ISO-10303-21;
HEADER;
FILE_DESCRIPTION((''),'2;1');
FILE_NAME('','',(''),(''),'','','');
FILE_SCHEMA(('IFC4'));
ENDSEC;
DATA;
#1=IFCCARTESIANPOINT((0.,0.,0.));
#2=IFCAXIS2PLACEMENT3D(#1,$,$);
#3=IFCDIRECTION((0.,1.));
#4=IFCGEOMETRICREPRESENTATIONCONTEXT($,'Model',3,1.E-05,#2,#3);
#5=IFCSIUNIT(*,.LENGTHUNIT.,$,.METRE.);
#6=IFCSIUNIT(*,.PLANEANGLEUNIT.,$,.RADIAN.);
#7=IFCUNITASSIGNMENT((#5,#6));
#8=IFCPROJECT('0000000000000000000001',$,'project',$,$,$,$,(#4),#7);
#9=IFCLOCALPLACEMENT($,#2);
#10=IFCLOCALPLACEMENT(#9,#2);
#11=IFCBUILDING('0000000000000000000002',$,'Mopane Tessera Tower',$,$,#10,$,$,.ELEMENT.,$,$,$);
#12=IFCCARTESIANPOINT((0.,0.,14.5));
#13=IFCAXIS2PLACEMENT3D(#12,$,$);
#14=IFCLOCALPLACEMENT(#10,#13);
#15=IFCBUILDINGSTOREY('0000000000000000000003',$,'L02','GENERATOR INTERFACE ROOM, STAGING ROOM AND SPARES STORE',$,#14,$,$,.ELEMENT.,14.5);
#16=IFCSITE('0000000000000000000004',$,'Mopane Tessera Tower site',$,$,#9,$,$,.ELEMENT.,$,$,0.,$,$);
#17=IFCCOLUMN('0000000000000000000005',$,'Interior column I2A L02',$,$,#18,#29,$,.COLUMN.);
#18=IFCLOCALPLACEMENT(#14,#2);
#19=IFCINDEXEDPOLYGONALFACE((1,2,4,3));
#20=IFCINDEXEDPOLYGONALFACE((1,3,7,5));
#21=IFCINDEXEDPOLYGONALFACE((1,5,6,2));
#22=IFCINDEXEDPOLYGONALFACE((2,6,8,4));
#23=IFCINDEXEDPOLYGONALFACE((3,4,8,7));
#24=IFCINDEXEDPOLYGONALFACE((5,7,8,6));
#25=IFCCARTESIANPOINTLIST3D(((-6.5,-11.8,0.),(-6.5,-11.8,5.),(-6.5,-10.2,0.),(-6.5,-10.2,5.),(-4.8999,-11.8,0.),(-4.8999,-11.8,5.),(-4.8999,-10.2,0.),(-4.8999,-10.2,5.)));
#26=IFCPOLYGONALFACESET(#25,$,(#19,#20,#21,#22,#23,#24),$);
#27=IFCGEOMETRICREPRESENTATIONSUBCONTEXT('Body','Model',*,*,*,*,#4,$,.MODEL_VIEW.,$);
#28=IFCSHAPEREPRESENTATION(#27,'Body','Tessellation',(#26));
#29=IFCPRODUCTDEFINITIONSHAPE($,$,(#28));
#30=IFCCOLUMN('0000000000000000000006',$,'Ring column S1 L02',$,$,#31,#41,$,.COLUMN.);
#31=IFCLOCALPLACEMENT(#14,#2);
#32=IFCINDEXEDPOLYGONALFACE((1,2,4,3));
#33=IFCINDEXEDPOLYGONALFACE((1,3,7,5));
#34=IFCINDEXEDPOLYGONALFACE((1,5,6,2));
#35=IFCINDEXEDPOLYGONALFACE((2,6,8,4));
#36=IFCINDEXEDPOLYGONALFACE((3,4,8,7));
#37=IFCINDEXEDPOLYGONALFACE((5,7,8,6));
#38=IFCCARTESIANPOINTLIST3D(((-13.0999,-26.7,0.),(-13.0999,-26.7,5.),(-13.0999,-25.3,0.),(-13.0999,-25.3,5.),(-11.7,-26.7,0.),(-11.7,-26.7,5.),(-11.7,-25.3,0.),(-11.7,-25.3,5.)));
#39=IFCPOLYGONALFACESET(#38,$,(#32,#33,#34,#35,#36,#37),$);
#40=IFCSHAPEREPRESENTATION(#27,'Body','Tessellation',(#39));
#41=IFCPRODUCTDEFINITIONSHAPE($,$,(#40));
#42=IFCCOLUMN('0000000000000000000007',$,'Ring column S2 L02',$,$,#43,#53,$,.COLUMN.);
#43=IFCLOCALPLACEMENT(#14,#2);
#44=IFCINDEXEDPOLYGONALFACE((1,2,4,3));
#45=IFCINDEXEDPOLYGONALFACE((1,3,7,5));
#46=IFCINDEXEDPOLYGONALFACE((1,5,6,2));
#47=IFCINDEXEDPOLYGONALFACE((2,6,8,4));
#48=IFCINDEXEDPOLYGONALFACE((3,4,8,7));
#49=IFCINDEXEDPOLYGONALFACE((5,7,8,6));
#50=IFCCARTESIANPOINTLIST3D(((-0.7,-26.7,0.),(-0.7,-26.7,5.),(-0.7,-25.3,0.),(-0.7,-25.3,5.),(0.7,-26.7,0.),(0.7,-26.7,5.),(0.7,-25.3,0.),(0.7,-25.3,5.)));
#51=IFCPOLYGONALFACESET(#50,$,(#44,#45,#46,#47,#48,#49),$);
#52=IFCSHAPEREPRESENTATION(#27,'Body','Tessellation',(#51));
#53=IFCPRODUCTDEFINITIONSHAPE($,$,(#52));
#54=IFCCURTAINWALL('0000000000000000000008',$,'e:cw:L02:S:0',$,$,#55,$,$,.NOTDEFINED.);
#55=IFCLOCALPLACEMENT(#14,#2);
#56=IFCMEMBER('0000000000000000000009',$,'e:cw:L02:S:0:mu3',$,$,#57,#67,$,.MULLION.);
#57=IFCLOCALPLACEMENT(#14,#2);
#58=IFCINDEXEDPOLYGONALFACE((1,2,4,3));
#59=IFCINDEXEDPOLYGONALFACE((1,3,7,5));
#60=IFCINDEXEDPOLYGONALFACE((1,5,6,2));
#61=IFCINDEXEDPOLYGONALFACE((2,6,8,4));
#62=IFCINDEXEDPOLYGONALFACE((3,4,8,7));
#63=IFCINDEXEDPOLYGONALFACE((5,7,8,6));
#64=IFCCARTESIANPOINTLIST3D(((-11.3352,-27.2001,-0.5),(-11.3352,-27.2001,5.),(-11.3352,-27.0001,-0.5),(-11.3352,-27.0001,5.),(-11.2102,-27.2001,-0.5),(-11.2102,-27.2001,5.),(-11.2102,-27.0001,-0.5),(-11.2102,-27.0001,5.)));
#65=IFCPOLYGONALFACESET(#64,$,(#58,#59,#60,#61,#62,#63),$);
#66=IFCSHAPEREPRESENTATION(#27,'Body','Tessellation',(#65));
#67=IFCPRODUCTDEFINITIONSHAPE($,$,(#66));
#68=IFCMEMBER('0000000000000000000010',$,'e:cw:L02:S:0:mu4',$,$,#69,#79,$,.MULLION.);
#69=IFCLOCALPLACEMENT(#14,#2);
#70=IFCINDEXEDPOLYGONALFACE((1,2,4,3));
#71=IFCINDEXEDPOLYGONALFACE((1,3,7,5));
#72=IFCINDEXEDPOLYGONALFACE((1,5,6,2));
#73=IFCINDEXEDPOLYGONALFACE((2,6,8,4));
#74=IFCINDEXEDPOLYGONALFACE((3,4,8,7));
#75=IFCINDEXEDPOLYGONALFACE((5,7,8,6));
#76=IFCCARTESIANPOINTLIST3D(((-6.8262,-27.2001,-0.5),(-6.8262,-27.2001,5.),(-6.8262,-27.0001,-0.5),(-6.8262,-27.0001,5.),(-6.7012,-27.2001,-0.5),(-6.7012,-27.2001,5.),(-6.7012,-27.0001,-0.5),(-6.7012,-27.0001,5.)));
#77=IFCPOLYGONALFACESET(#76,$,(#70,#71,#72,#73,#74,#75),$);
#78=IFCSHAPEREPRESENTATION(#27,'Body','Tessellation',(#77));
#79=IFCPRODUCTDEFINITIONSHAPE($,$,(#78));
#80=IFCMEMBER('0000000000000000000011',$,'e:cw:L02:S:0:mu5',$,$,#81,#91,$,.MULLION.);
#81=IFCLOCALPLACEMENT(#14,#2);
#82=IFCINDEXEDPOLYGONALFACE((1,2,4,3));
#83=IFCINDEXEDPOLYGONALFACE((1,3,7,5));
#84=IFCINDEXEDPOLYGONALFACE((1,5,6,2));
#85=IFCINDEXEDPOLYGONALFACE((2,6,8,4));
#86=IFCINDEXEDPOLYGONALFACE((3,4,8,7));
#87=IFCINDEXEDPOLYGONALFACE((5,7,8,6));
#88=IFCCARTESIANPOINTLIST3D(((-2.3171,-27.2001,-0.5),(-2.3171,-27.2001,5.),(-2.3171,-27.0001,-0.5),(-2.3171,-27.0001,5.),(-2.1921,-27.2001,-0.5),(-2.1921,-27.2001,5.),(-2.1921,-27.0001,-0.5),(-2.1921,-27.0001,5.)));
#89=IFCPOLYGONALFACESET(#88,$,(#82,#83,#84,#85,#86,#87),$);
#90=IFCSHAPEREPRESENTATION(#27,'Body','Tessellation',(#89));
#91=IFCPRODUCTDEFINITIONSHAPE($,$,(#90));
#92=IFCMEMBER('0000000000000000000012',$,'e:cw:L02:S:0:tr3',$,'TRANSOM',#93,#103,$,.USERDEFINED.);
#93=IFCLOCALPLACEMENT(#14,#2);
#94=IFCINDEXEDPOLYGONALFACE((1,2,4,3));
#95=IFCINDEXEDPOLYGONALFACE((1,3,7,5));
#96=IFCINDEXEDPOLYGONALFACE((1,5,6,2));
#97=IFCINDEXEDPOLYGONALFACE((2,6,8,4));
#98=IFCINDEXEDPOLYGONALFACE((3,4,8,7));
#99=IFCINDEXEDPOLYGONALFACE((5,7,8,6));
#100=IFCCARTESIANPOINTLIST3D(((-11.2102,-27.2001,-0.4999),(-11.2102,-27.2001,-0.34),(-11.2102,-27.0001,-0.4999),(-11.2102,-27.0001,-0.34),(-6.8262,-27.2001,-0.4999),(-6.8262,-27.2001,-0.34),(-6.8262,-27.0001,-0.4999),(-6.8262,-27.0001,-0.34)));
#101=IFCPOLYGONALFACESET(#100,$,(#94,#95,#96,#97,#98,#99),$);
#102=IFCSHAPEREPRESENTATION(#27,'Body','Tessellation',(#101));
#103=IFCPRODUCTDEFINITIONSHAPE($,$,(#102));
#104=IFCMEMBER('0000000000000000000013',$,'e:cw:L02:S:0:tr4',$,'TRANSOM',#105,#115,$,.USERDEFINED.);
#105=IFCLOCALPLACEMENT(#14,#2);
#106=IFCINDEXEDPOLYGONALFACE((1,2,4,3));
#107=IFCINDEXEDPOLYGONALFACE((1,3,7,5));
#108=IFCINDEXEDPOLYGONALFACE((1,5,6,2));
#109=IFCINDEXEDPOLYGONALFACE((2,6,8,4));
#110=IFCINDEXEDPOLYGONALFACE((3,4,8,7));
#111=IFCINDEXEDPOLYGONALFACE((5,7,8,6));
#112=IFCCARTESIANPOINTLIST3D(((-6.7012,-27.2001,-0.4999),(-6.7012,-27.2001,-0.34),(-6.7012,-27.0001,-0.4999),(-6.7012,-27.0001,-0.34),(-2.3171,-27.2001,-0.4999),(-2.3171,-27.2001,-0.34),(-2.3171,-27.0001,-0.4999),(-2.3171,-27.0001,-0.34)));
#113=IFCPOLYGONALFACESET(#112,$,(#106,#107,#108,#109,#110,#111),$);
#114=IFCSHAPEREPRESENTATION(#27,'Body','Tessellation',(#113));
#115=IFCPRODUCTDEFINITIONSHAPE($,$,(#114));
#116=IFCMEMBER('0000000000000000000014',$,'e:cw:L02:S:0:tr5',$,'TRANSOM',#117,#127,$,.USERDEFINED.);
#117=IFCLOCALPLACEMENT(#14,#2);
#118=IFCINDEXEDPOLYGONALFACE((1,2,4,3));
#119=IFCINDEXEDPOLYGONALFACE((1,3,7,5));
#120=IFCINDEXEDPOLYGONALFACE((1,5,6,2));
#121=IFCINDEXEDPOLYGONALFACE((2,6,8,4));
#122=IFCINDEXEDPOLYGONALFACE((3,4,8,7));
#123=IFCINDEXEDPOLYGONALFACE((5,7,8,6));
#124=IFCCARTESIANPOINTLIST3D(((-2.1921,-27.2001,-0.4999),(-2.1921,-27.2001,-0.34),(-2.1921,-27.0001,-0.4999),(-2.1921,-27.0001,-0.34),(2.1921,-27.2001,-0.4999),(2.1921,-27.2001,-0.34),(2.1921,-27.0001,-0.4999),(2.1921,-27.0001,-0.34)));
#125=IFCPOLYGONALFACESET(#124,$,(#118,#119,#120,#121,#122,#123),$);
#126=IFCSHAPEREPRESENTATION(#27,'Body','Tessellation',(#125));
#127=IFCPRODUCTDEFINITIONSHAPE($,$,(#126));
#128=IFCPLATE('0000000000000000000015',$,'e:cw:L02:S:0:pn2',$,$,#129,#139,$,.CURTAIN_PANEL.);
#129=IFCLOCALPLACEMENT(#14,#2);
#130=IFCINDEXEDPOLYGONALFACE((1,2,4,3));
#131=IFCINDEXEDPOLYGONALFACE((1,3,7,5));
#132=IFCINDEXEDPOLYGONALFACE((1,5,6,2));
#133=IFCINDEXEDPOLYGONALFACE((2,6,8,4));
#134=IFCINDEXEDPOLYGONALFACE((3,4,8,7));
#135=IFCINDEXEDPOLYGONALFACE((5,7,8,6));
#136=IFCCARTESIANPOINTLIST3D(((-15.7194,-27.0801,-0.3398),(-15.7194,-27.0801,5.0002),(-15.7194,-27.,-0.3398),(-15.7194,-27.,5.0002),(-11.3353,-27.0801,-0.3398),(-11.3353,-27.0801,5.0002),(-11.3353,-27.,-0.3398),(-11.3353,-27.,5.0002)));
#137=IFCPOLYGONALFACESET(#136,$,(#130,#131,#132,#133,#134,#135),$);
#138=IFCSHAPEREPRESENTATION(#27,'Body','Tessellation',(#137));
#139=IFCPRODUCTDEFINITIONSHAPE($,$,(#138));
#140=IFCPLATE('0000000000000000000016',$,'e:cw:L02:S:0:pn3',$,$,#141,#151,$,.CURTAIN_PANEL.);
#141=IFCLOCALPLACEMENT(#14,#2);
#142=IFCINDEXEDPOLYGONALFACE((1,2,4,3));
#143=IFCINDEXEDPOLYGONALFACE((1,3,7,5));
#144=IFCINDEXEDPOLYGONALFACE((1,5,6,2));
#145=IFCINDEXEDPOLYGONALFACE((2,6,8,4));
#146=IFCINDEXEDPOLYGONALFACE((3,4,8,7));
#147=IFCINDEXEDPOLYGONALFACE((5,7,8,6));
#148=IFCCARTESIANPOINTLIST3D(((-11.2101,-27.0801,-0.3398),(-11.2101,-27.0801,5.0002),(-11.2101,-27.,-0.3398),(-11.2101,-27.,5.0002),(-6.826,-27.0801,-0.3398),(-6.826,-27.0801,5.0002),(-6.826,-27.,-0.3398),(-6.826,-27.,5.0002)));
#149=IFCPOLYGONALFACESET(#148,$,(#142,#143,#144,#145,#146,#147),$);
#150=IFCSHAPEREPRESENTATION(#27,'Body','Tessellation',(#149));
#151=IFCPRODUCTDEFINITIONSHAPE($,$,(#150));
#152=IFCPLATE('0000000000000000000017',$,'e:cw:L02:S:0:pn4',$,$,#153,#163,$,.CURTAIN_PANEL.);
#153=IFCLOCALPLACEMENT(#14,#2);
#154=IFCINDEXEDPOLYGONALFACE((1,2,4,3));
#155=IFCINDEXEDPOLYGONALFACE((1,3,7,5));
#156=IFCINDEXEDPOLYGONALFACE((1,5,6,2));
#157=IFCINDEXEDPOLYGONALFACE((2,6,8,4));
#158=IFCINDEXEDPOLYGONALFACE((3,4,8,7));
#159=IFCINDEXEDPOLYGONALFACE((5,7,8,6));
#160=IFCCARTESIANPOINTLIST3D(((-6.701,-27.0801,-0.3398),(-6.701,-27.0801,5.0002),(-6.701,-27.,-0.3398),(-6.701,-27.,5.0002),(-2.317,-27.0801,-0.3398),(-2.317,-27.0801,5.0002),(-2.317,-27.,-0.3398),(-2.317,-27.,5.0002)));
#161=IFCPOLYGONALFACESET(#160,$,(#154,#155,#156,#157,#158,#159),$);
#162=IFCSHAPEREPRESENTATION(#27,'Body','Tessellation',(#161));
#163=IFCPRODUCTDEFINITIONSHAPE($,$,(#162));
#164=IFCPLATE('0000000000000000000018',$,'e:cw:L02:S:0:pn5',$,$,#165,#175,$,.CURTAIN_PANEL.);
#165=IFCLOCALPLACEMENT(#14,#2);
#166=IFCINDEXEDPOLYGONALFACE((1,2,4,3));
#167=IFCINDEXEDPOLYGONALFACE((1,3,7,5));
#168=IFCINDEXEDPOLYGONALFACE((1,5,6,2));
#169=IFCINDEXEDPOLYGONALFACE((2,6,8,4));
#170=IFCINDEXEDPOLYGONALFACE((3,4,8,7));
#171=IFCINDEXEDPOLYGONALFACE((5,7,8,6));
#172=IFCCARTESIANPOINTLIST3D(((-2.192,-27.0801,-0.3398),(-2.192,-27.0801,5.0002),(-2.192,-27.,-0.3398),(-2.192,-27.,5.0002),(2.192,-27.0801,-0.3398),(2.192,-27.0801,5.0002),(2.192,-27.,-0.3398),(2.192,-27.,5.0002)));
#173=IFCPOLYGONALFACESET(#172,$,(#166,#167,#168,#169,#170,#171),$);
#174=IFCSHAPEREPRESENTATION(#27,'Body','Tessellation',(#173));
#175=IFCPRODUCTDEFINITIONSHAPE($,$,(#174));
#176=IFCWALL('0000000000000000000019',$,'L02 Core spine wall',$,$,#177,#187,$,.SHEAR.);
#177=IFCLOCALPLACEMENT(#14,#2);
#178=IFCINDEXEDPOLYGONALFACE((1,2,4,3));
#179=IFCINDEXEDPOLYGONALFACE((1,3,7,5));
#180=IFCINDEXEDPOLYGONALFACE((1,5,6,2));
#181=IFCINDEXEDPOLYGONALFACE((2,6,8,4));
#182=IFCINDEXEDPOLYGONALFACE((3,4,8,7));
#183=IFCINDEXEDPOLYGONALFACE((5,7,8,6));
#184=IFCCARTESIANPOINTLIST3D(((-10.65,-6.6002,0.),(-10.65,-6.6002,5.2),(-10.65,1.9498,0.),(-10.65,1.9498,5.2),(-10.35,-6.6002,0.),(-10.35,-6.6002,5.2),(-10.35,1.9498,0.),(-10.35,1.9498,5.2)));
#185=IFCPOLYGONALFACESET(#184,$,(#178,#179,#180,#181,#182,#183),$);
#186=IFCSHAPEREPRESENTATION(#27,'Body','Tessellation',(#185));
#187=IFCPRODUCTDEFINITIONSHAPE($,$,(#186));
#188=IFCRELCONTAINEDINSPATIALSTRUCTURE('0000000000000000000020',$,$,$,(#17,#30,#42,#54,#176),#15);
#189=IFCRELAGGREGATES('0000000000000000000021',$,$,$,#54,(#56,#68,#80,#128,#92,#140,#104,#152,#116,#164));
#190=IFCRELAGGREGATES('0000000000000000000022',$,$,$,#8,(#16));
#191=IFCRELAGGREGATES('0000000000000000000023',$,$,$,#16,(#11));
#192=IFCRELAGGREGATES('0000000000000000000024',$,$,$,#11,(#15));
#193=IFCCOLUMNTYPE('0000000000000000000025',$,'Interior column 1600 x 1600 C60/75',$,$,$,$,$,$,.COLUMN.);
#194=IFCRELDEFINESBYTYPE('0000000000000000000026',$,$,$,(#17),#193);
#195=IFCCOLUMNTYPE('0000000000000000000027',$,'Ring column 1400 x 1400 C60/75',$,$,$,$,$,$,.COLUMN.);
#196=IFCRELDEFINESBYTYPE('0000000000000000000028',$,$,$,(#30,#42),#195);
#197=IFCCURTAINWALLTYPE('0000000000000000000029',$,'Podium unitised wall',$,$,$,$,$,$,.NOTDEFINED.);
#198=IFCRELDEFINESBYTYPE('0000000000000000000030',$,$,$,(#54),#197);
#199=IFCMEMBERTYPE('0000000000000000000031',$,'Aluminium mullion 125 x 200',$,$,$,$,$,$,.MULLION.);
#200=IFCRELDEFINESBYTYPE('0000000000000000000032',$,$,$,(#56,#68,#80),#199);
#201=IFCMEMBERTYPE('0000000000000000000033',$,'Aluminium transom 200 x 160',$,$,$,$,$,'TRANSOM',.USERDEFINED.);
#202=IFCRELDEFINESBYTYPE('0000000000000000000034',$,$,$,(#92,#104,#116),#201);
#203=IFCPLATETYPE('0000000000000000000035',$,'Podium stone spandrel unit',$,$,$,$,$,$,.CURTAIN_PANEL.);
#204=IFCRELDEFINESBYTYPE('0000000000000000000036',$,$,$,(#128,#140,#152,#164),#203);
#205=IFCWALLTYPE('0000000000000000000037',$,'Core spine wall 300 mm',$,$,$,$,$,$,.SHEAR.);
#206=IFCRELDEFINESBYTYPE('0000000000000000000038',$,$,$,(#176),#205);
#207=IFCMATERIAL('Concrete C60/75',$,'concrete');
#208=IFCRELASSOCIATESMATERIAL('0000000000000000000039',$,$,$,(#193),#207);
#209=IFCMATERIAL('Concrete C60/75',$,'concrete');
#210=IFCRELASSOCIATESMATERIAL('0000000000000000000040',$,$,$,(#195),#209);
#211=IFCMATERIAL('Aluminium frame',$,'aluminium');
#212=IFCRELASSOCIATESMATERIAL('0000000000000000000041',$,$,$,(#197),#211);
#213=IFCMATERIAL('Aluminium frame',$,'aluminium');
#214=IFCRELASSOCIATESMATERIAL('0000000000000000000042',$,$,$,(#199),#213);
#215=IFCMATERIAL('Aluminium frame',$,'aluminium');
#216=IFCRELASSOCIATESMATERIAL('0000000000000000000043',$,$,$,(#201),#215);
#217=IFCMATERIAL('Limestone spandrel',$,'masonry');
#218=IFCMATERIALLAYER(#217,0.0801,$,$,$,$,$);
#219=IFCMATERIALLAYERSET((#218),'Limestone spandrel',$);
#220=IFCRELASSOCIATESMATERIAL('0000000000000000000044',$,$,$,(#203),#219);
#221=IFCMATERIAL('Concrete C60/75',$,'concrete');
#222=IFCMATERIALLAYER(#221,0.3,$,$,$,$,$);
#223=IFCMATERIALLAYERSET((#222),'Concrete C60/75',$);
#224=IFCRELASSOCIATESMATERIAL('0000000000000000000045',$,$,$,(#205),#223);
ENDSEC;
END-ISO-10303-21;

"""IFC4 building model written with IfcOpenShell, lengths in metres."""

from ifc_helpers import new_model, si_unit, direction, frame, frame_2d, origin, origin_2d, place, context, subcontext, project, spatial, rectangle, extrude, material, layer, layer_set, material_profile, profile_set, type_object, element, aggregate, save


model = new_model("IFC4")

# Units and contexts
model_context = context("Model", 3, precision=1e-05, world=origin(), true_north=direction((0.0, 1.0)))
body_context = subcontext(model_context, "Body", "Model", "MODEL_VIEW")
ifc_project = project(units=[si_unit("LENGTHUNIT", "METRE"), si_unit("PLANEANGLEUNIT", "RADIAN")], contexts=[model_context])

# Site, building, storey
site_placement = place(None, origin())
site = spatial("IfcSite", under=ifc_project, at=site_placement, Name="Mopane Tessera Tower site", CompositionType="ELEMENT", RefElevation=0.0)
building_placement = place(site_placement, origin())
building = spatial("IfcBuilding", under=site, at=building_placement, Name="Mopane Tessera Tower", CompositionType="ELEMENT")
storey_placement = place(building_placement, frame((0.0, 0.0, 14.5)))
storey = spatial("IfcBuildingStorey", under=building, at=storey_placement, Name="L02", Description="GENERATOR INTERFACE ROOM, STAGING ROOM AND SPARES STORE", CompositionType="ELEMENT", Elevation=14.5)

# Columns
ifc_material_1 = material(Name="Concrete C60/75", Category="concrete")
ifc_material_profile_1 = material_profile(ifc_material_1, rectangle(XDim=1.6001, YDim=1.6001, at=origin_2d()))
ifc_profile_set_1 = profile_set([ifc_material_profile_1], Name="Concrete C60/75")
column_type_1 = type_object("IfcColumnType", Name="Interior column 1600 x 1600 C60/75", PredefinedType="COLUMN", material=ifc_profile_set_1)
column_placement = place(storey_placement, frame((-5.7, -11.0, 0.0), z_axis=(0.0, 0.0, 1.0), x_axis=(1.0, 0.0, 0.0)))
element("IfcColumn", 1, at=column_placement, inside=storey, type_object=column_type_1, Name="Interior column I2A L02", PredefinedType="COLUMN", context=body_context, shape_type="SweptSolid", body=[
    extrude(rectangle(XDim=1.6001, YDim=1.6001, at=origin_2d()), origin(), (0.0, 0.0, 1.0), 5.0),
])
ifc_material_2 = material(Name="Concrete C60/75", Category="concrete")
ifc_material_profile_2 = material_profile(ifc_material_2, rectangle(XDim=1.3999, YDim=1.3999, at=origin_2d()))
ifc_profile_set_2 = profile_set([ifc_material_profile_2], Name="Concrete C60/75")
column_type_2 = type_object("IfcColumnType", Name="Ring column 1400 x 1400 C60/75", PredefinedType="COLUMN", material=ifc_profile_set_2)
for number, where, z_axis, x_axis, name in (
    (2, (-12.3999, -26.0, 0.0), (0.0, 0.0, 1.0), (1.0, 0.0, 0.0), "Ring column S1 L02"),
    (3, (0.0, -26.0, 0.0), (0.0, 0.0, 1.0), (1.0, 0.0, 0.0), "Ring column S2 L02"),
):
    element("IfcColumn", number, at=place(storey_placement, frame(where, z_axis=z_axis, x_axis=x_axis)), inside=storey, type_object=column_type_2, Name=name, PredefinedType="COLUMN", context=body_context, shape_type="SweptSolid", body=[
        extrude(rectangle(XDim=1.3999, YDim=1.3999, at=origin_2d()), origin(), (0.0, 0.0, 1.0), 5.0),
    ])

# Curtain wall, members, plates
ifc_material_3 = material(Name="Aluminium frame", Category="aluminium")
curtain_wall_type = type_object("IfcCurtainWallType", Name="Podium unitised wall", PredefinedType="NOTDEFINED", material=ifc_material_3)
curtain_wall_placement = place(storey_placement, origin())
curtain_wall = element("IfcCurtainWall", 4, at=curtain_wall_placement, inside=storey, type_object=curtain_wall_type, Name="e:cw:L02:S:0", PredefinedType="NOTDEFINED")
ifc_material_4 = material(Name="Aluminium frame", Category="aluminium")
ifc_material_profile_3 = material_profile(ifc_material_4, rectangle(XDim=0.125, YDim=0.2, at=origin_2d()))
ifc_profile_set_3 = profile_set([ifc_material_profile_3], Name="Aluminium frame")
member_type_1 = type_object("IfcMemberType", Name="Aluminium mullion 125 x 200", PredefinedType="MULLION", material=ifc_profile_set_3)
member_1_placement = place(storey_placement, frame((-11.2727, -27.1001, -0.5), z_axis=(0.0, 0.0, 1.0), x_axis=(1.0, 0.0, 0.0)))
member_1 = element("IfcMember", 5, at=member_1_placement, type_object=member_type_1, Name="e:cw:L02:S:0:mu3", PredefinedType="MULLION", context=body_context, shape_type="SweptSolid", body=[
    extrude(rectangle(XDim=0.125, YDim=0.2, at=origin_2d()), origin(), (0.0, 0.0, 1.0), 5.5),
])
member_2_placement = place(storey_placement, frame((-6.7637, -27.1001, -0.5), z_axis=(0.0, 0.0, 1.0), x_axis=(1.0, 0.0, 0.0)))
member_2 = element("IfcMember", 6, at=member_2_placement, type_object=member_type_1, Name="e:cw:L02:S:0:mu4", PredefinedType="MULLION", context=body_context, shape_type="SweptSolid", body=[
    extrude(rectangle(XDim=0.125, YDim=0.2, at=origin_2d()), origin(), (0.0, 0.0, 1.0), 5.5),
])
member_3_placement = place(storey_placement, frame((-2.2546, -27.1001, -0.5), z_axis=(0.0, 0.0, 1.0), x_axis=(1.0, 0.0, 0.0)))
member_3 = element("IfcMember", 7, at=member_3_placement, type_object=member_type_1, Name="e:cw:L02:S:0:mu5", PredefinedType="MULLION", context=body_context, shape_type="SweptSolid", body=[
    extrude(rectangle(XDim=0.125, YDim=0.2, at=origin_2d()), origin(), (0.0, 0.0, 1.0), 5.5),
])
ifc_material_5 = material(Name="Aluminium frame", Category="aluminium")
ifc_material_profile_4 = material_profile(ifc_material_5, rectangle(XDim=0.2, YDim=0.1599, at=origin_2d()))
ifc_profile_set_4 = profile_set([ifc_material_profile_4], Name="Aluminium frame")
member_type_2 = type_object("IfcMemberType", Name="Aluminium transom 200 x 160", ElementType="TRANSOM", PredefinedType="USERDEFINED", material=ifc_profile_set_4)
member_4_placement = place(storey_placement, frame((-11.2102, -27.1001, -0.4199), z_axis=(1.0, 0.0, 0.0), x_axis=(0.0, 1.0, 0.0)))
member_4 = element("IfcMember", 8, at=member_4_placement, type_object=member_type_2, Name="e:cw:L02:S:0:tr3", ObjectType="TRANSOM", PredefinedType="USERDEFINED", context=body_context, shape_type="SweptSolid", body=[
    extrude(rectangle(XDim=0.2, YDim=0.1599, at=origin_2d()), origin(), (0.0, 0.0, 1.0), 4.384),
])
member_5_placement = place(storey_placement, frame((-6.7012, -27.1001, -0.4199), z_axis=(1.0, 0.0, 0.0), x_axis=(0.0, 1.0, 0.0)))
member_5 = element("IfcMember", 9, at=member_5_placement, type_object=member_type_2, Name="e:cw:L02:S:0:tr4", ObjectType="TRANSOM", PredefinedType="USERDEFINED", context=body_context, shape_type="SweptSolid", body=[
    extrude(rectangle(XDim=0.2, YDim=0.1599, at=origin_2d()), origin(), (0.0, 0.0, 1.0), 4.384),
])
member_6_placement = place(storey_placement, frame((-2.1921, -27.1001, -0.4199), z_axis=(1.0, 0.0, 0.0), x_axis=(0.0, 1.0, 0.0)))
member_6 = element("IfcMember", 10, at=member_6_placement, type_object=member_type_2, Name="e:cw:L02:S:0:tr5", ObjectType="TRANSOM", PredefinedType="USERDEFINED", context=body_context, shape_type="SweptSolid", body=[
    extrude(rectangle(XDim=0.2, YDim=0.1599, at=origin_2d()), origin(), (0.0, 0.0, 1.0), 4.3843),
])
ifc_material_6 = material(Name="Limestone spandrel", Category="masonry")
ifc_layer_1 = layer(ifc_material_6, 0.0801)
ifc_layer_set_1 = layer_set([ifc_layer_1], Name="Limestone spandrel")
plate_type = type_object("IfcPlateType", Name="Podium stone spandrel unit", PredefinedType="CURTAIN_PANEL", material=ifc_layer_set_1)
plate_1_placement = place(storey_placement, frame((-13.5273, -27.04, -0.3398), z_axis=(0.0, 0.0, 1.0), x_axis=(1.0, 0.0, 0.0)))
plate_1 = element("IfcPlate", 11, at=plate_1_placement, type_object=plate_type, Name="e:cw:L02:S:0:pn2", PredefinedType="CURTAIN_PANEL", context=body_context, shape_type="SweptSolid", body=[
    extrude(rectangle(XDim=4.384, YDim=0.0801, at=origin_2d()), origin(), (0.0, 0.0, 1.0), 5.3401),
])
plate_2_placement = place(storey_placement, frame((-9.0181, -27.04, -0.3398), z_axis=(0.0, 0.0, 1.0), x_axis=(1.0, 0.0, 0.0)))
plate_2 = element("IfcPlate", 12, at=plate_2_placement, type_object=plate_type, Name="e:cw:L02:S:0:pn3", PredefinedType="CURTAIN_PANEL", context=body_context, shape_type="SweptSolid", body=[
    extrude(rectangle(XDim=4.384, YDim=0.0801, at=origin_2d()), origin(), (0.0, 0.0, 1.0), 5.3401),
])
plate_3_placement = place(storey_placement, frame((-4.509, -27.04, -0.3398), z_axis=(0.0, 0.0, 1.0), x_axis=(1.0, 0.0, 0.0)))
plate_3 = element("IfcPlate", 13, at=plate_3_placement, type_object=plate_type, Name="e:cw:L02:S:0:pn4", PredefinedType="CURTAIN_PANEL", context=body_context, shape_type="SweptSolid", body=[
    extrude(rectangle(XDim=4.384, YDim=0.0801, at=origin_2d()), origin(), (0.0, 0.0, 1.0), 5.3401),
])
plate_4_placement = place(storey_placement, frame((0.0, -27.04, -0.3398), z_axis=(0.0, 0.0, 1.0), x_axis=(1.0, 0.0, 0.0)))
plate_4 = element("IfcPlate", 14, at=plate_4_placement, type_object=plate_type, Name="e:cw:L02:S:0:pn5", PredefinedType="CURTAIN_PANEL", context=body_context, shape_type="SweptSolid", body=[
    extrude(rectangle(XDim=4.384, YDim=0.0801, at=origin_2d()), origin(), (0.0, 0.0, 1.0), 5.3401),
])
aggregate(curtain_wall, [member_1, member_2, member_3, plate_1, member_4, plate_2, member_5, plate_3, member_6, plate_4])

# Wall
ifc_material_7 = material(Name="Concrete C60/75", Category="concrete")
ifc_layer_2 = layer(ifc_material_7, 0.3)
ifc_layer_set_2 = layer_set([ifc_layer_2], Name="Concrete C60/75")
wall_type_1 = type_object("IfcWallType", Name="Core spine wall 300 mm", PredefinedType="SHEAR", material=ifc_layer_set_2)
wall_1_placement = place(storey_placement, frame((-10.5, -6.6001, 0.0), z_axis=(0.0, 0.0, 1.0), x_axis=(0.0, 1.0, 0.0)))
element("IfcWall", 15, at=wall_1_placement, inside=storey, type_object=wall_type_1, Name="L02 Core spine wall", PredefinedType="SHEAR", context=body_context, shape_type="SweptSolid", body=[
    extrude(rectangle(XDim=8.55, YDim=0.3, at=frame_2d((4.2749, 0.0))), origin(), (0.0, 0.0, 1.0), 5.2),
])

save(model, "model.ifc")
